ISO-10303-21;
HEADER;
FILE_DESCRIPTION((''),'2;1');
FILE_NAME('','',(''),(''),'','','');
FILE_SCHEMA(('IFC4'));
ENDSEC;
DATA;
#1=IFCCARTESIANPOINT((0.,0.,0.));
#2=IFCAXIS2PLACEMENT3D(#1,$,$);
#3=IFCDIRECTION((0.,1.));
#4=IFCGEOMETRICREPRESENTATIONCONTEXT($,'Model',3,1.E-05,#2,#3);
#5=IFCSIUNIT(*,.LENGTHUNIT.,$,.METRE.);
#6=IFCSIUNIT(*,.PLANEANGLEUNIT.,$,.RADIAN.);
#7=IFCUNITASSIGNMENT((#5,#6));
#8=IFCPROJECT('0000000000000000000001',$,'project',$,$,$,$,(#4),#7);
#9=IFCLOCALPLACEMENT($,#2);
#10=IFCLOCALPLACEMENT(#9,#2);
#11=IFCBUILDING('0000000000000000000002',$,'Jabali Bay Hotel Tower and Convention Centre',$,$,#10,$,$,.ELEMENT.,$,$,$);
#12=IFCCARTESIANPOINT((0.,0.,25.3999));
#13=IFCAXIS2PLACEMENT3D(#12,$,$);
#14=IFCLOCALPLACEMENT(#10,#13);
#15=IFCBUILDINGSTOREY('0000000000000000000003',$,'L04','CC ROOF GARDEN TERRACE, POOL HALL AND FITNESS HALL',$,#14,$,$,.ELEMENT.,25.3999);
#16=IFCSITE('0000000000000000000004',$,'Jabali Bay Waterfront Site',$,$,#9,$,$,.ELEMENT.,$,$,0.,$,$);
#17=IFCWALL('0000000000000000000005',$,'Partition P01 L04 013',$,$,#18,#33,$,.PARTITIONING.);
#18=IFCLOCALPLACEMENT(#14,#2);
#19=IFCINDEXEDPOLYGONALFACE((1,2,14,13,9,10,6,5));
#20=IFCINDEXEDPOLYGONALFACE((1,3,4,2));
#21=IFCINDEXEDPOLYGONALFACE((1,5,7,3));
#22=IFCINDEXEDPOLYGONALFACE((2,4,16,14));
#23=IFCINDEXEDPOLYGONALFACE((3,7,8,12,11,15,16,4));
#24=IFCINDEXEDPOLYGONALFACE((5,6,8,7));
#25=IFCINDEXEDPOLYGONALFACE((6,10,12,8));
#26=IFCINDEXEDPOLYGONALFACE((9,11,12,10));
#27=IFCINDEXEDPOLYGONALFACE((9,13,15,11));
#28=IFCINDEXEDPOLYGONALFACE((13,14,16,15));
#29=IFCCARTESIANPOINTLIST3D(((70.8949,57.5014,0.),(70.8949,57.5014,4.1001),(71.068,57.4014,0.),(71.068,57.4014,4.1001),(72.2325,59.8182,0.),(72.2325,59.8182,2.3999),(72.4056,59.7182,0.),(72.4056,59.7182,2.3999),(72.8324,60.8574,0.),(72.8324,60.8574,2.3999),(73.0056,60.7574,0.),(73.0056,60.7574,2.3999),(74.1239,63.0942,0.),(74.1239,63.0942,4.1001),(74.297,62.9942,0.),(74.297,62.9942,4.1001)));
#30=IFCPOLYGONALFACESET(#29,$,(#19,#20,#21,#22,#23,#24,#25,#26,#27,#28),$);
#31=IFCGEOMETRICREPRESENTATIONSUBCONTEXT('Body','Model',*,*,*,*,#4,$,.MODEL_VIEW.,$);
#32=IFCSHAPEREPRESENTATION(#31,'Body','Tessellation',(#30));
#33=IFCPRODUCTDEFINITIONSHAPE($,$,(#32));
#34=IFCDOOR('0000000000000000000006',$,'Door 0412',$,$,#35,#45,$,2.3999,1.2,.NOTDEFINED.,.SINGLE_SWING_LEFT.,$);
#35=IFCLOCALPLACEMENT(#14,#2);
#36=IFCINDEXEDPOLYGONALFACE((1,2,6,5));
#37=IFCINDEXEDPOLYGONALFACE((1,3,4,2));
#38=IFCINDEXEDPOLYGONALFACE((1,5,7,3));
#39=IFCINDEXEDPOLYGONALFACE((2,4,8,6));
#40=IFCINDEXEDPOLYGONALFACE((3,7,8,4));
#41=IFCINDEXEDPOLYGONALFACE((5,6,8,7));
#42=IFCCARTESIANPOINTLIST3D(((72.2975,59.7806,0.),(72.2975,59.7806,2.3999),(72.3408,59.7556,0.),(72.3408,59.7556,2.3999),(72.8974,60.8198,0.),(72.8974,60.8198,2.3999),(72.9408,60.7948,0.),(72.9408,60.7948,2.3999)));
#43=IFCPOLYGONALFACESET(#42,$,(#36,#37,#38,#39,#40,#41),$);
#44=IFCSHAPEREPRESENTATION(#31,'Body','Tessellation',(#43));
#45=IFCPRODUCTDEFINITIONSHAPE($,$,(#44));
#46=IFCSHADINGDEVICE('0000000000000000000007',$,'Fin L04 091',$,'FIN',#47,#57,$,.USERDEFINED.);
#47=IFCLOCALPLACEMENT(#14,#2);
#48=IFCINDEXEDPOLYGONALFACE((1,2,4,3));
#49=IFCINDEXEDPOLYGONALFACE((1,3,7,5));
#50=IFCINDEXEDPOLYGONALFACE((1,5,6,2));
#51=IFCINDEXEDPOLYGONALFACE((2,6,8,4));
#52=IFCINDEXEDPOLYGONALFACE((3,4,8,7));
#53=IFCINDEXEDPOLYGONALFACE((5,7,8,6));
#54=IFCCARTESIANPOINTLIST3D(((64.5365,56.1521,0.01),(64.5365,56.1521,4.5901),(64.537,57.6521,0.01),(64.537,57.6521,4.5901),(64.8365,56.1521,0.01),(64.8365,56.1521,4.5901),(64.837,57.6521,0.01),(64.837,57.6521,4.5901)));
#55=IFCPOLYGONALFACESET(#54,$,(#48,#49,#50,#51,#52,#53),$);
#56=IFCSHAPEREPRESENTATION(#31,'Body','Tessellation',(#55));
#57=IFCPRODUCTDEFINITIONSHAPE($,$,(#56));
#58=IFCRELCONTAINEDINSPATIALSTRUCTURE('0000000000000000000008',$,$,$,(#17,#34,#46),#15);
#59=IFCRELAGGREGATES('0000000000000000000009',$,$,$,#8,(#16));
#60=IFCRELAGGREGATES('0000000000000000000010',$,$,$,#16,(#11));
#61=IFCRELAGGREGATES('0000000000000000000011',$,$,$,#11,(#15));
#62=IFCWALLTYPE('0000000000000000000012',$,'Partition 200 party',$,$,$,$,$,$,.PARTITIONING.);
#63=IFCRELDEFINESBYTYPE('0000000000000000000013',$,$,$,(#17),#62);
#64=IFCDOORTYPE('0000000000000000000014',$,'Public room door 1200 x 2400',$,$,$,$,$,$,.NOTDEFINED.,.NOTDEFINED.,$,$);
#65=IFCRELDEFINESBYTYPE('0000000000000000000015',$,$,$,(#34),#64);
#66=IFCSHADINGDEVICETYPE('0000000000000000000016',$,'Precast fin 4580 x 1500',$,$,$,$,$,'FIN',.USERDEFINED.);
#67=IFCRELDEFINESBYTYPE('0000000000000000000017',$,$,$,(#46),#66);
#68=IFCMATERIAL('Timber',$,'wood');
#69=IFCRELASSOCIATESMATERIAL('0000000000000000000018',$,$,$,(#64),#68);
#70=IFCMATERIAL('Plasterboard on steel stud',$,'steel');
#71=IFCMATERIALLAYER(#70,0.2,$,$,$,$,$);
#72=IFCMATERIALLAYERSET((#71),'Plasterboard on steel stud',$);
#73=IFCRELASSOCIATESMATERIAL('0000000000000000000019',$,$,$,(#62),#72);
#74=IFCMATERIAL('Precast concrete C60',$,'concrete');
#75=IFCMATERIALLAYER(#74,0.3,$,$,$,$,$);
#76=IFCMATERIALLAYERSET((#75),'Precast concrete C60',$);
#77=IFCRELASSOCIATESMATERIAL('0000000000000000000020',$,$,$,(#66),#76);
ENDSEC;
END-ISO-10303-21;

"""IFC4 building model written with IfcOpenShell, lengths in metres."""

from ifc_helpers import new_model, si_unit, direction, frame, frame_2d, origin, place, context, subcontext, project, spatial, rectangle, extrude, material, layer, layer_set, type_object, element, fill, save


model = new_model("IFC4")

# Units and contexts
model_context = context("Model", 3, precision=1e-05, world=origin(), true_north=direction((0.0, 1.0)))
body_context = subcontext(model_context, "Body", "Model", "MODEL_VIEW")
ifc_project = project(units=[si_unit("LENGTHUNIT", "METRE"), si_unit("PLANEANGLEUNIT", "RADIAN")], contexts=[model_context])

# Site, building, storey
site_placement = place(None, origin())
site = spatial("IfcSite", under=ifc_project, at=site_placement, Name="Jabali Bay Waterfront Site", CompositionType="ELEMENT", RefElevation=0.0)
building_placement = place(site_placement, origin())
building = spatial("IfcBuilding", under=site, at=building_placement, Name="Jabali Bay Hotel Tower and Convention Centre", CompositionType="ELEMENT")
storey_placement = place(building_placement, frame((0.0, 0.0, 25.3999)))
storey = spatial("IfcBuildingStorey", under=building, at=storey_placement, Name="L04", Description="CC ROOF GARDEN TERRACE, POOL HALL AND FITNESS HALL", CompositionType="ELEMENT", Elevation=25.3999)

# Shared definitions
ifc_material_1 = material(Name="Timber", Category="wood")
door_type_1 = type_object("IfcDoorType", Name="Public room door 1200 x 2400", OperationType="NOTDEFINED", PredefinedType="NOTDEFINED", material=ifc_material_1)

# Shared definitions
ifc_material_2 = material(Name="Plasterboard on steel stud", Category="steel")
ifc_layer_1 = layer(ifc_material_2, 0.2)
ifc_layer_set_1 = layer_set([ifc_layer_1], Name="Plasterboard on steel stud")
wall_type_1 = type_object("IfcWallType", Name="Partition 200 party", PredefinedType="PARTITIONING", material=ifc_layer_set_1)

# Wall, opening, door
wall_1_placement = place(storey_placement, frame((70.9814, 57.4514, 0.0), z_axis=(0.0, 0.0, 1.0), x_axis=(0.500002, 0.866024, 0.0)))
wall_1 = element("IfcWall", 1, at=wall_1_placement, inside=storey, type_object=wall_type_1, Name="Partition P01 L04 013", PredefinedType="PARTITIONING", context=body_context, shape_type="SweptSolid", body=[
    extrude(rectangle(XDim=6.458, YDim=0.2, at=frame_2d((3.229, 0.0))), origin(), (0.0, 0.0, 1.0), 4.1001),
])
opening_1_placement = place(wall_1_placement, frame((2.675, 0.0, 0.0)))
opening_1 = element("IfcOpeningElement", 2, at=opening_1_placement, cuts=wall_1, PredefinedType="OPENING", context=body_context, shape_type="SweptSolid", body=[
    extrude(rectangle(XDim=1.2, YDim=2.3999, at=frame_2d((0.6001, 1.2))), frame((0.0, 0.1104, 0.0), z_axis=(0.0, -1.0, 0.0), x_axis=(1.0, 0.0, 0.0)), (0.0, 0.0, 1.0), 0.2209),
])
door_1_placement = place(opening_1_placement, origin())
door_1 = element("IfcDoor", 3, at=door_1_placement, inside=storey, type_object=door_type_1, Name="Door 0412", OperationType="SINGLE_SWING_LEFT", OverallHeight=2.3999, OverallWidth=1.2, PredefinedType="NOTDEFINED", context=body_context, shape_type="SweptSolid", body=[
    extrude(rectangle(XDim=1.2, YDim=2.3999, at=frame_2d((0.6001, 1.2))), frame((0.0, 0.0249, 0.0), z_axis=(0.0, -1.0, 0.0), x_axis=(1.0, 0.0, 0.0)), (0.0, 0.0, 1.0), 0.05),
])
fill(opening_1, door_1)

# Shading device
ifc_material_3 = material(Name="Precast concrete C60", Category="concrete")
ifc_layer_2 = layer(ifc_material_3, 0.3)
ifc_layer_set_2 = layer_set([ifc_layer_2], Name="Precast concrete C60")
shading_device_type = type_object("IfcShadingDeviceType", Name="Precast fin 4580 x 1500", ElementType="FIN", PredefinedType="USERDEFINED", material=ifc_layer_set_2)
shading_device_placement = place(storey_placement, frame((64.687, 57.6521, 0.01), z_axis=(0.0, 0.0, 1.0), x_axis=(-0.000326, -1.0, 0.0)))
element("IfcShadingDevice", 4, at=shading_device_placement, inside=storey, type_object=shading_device_type, Name="Fin L04 091", ObjectType="FIN", PredefinedType="USERDEFINED", context=body_context, shape_type="SweptSolid", body=[
    extrude(rectangle(XDim=1.5, YDim=0.3, at=frame_2d((0.75, 0.0))), origin(), (0.0, 0.0, 1.0), 4.5801),
])

save(model, "model.ifc")
